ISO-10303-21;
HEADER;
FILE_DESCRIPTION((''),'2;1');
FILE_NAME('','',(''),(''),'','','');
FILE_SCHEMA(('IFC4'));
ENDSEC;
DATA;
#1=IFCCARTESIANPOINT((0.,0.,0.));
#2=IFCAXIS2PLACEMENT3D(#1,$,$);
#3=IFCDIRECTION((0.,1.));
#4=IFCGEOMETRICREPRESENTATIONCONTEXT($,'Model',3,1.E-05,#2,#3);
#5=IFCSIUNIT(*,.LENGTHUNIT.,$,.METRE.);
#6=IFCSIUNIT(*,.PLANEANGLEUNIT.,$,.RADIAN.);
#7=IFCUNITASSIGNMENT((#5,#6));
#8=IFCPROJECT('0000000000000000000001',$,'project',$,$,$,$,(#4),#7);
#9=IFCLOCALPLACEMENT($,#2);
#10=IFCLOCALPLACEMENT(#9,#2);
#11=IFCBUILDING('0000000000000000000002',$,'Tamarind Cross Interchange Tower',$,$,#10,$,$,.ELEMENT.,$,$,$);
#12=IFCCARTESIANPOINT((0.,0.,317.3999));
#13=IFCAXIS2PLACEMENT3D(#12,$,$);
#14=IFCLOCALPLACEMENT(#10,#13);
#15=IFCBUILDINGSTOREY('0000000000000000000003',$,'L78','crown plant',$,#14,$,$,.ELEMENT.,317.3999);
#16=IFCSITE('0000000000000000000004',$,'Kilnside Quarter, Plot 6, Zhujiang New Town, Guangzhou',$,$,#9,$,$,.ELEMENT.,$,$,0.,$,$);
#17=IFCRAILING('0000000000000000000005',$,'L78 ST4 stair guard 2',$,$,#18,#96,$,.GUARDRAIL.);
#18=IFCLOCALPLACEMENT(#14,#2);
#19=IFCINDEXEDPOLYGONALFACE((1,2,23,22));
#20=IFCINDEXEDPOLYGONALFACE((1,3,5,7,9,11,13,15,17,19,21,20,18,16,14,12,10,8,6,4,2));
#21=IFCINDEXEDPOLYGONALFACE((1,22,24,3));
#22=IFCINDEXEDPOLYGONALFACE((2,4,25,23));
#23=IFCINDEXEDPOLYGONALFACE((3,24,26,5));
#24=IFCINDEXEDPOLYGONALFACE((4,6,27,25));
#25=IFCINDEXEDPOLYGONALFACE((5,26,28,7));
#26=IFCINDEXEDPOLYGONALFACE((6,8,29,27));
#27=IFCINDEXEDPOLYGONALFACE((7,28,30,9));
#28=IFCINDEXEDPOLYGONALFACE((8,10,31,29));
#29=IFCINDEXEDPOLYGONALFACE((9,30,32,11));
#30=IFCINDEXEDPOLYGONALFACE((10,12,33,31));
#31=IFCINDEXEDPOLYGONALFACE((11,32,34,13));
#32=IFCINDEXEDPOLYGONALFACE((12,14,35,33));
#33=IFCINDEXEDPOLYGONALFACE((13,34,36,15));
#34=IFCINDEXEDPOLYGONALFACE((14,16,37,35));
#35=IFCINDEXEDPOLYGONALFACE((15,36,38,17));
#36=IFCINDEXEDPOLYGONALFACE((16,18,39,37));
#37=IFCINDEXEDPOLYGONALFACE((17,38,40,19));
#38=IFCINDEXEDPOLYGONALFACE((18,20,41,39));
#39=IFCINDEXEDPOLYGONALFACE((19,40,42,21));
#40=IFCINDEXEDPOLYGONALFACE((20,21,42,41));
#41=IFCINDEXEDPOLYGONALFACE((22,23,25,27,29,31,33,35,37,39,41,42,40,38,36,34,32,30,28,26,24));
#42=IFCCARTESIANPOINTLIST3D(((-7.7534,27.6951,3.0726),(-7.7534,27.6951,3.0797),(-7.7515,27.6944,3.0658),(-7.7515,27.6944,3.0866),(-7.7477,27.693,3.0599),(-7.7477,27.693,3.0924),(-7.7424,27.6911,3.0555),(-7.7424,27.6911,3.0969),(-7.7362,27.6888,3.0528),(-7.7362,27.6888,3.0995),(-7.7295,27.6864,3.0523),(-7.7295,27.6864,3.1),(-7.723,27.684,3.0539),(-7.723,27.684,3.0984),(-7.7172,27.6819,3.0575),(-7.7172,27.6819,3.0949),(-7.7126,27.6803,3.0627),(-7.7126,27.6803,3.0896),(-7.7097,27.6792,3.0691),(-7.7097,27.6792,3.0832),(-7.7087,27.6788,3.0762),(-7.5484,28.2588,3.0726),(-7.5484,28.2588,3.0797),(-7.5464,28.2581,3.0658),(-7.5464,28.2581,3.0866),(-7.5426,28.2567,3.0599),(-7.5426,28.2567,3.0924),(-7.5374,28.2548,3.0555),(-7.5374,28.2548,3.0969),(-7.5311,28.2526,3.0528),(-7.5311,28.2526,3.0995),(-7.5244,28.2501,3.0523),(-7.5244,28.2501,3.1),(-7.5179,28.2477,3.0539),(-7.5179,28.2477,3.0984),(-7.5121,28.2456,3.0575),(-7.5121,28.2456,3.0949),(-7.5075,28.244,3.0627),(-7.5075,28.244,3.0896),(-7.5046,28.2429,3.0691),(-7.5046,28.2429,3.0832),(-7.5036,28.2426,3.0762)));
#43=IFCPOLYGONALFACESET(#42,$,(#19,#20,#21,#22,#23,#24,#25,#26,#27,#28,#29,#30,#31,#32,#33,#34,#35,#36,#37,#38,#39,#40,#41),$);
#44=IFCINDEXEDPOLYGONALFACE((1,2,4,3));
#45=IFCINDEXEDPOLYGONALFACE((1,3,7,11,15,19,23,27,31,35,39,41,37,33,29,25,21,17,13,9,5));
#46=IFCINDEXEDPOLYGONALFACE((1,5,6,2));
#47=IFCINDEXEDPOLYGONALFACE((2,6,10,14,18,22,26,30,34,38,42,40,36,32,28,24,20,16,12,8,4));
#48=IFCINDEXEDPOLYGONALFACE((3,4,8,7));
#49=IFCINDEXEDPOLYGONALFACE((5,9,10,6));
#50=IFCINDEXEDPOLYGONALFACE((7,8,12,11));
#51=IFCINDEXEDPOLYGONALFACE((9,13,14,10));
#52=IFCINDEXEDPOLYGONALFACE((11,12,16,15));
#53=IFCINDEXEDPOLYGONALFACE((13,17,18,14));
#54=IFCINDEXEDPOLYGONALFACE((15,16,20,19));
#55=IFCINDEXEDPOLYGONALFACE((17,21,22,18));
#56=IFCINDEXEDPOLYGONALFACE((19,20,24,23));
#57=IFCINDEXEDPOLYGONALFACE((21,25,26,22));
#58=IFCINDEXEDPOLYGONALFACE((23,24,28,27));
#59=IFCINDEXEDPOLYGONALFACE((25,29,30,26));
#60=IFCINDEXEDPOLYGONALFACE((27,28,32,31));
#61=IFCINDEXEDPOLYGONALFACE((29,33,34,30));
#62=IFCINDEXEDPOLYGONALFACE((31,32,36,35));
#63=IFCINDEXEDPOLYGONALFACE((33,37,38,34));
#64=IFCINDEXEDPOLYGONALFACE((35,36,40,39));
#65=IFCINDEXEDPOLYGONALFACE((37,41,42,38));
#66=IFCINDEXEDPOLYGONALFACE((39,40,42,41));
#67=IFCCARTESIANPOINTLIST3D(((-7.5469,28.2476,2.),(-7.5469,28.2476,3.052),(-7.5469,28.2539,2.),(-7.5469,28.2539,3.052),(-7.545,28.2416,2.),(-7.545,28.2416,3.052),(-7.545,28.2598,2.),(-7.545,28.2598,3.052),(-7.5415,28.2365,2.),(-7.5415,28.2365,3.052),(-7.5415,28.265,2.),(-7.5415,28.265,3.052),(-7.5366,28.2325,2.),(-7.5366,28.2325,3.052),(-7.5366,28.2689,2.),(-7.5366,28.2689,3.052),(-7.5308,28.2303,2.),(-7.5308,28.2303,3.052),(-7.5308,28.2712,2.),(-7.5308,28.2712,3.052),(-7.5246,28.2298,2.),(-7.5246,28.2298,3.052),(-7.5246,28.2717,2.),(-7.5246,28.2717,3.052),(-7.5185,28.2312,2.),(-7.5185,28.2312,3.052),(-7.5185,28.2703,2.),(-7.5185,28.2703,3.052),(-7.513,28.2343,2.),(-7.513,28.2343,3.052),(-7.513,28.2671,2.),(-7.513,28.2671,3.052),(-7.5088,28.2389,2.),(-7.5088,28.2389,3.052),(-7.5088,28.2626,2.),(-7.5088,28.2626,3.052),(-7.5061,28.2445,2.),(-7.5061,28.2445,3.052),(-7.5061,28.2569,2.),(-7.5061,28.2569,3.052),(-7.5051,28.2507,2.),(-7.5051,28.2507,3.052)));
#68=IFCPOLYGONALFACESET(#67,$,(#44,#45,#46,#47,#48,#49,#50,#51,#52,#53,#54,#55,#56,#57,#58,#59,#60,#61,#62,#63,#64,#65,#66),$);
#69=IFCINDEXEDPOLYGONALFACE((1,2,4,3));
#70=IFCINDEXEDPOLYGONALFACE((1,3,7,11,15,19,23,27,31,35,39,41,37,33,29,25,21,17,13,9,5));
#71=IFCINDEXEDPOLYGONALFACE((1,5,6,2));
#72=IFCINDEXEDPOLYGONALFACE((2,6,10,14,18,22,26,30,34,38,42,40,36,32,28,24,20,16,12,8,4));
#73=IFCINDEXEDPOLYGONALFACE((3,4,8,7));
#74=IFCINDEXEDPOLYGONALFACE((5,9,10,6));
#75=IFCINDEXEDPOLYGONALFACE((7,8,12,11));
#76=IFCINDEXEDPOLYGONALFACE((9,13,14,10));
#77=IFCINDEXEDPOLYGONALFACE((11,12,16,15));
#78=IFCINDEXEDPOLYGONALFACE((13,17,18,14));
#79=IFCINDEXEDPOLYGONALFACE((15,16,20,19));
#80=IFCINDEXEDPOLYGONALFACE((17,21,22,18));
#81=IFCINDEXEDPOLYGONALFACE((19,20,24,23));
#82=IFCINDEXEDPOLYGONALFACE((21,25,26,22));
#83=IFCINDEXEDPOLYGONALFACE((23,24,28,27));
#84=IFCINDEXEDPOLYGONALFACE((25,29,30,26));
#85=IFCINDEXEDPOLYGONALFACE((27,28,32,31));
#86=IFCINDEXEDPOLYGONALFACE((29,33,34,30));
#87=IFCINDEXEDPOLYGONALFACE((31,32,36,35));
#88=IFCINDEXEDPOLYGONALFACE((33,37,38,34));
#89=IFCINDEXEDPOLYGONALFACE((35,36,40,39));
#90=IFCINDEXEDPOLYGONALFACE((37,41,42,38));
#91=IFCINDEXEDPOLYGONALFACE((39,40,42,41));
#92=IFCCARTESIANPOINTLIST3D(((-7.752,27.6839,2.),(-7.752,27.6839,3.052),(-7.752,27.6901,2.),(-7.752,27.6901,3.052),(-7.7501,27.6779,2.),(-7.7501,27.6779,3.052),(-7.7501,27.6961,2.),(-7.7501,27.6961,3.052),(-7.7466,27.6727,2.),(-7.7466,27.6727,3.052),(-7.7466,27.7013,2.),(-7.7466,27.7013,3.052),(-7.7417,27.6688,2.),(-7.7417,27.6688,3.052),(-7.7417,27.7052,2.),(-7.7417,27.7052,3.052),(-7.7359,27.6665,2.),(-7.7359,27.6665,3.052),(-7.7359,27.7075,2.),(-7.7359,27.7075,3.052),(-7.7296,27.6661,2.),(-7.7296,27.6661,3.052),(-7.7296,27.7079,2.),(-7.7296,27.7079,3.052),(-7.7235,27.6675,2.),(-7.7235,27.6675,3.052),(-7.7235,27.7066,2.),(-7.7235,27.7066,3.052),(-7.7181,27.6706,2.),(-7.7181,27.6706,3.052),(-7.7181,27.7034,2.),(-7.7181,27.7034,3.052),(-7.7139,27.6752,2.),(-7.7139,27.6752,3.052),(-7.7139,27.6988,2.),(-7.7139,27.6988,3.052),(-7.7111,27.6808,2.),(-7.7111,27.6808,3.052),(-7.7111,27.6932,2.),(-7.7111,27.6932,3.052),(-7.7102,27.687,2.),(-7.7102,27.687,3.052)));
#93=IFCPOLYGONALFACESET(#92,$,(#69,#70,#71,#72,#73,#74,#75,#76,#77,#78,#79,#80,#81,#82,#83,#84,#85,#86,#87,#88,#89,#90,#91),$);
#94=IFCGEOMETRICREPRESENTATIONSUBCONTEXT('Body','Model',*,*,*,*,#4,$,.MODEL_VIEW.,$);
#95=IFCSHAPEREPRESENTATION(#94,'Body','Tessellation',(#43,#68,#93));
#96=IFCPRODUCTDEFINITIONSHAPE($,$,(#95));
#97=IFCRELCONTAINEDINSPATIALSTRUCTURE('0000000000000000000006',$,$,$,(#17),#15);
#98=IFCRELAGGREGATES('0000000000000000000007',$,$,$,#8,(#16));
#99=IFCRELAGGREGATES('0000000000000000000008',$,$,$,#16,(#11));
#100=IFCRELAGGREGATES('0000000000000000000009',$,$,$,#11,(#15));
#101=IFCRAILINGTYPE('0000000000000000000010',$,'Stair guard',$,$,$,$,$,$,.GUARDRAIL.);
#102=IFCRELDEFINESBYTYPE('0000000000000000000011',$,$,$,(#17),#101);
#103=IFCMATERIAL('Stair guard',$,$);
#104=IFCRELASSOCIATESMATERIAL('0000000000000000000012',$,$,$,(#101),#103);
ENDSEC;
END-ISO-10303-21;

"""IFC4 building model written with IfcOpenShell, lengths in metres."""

from ifc_helpers import new_model, si_unit, direction, frame, origin, origin_2d, place, context, subcontext, project, spatial, circle, extrude, material, type_object, element, save


model = new_model("IFC4")

# Units and contexts
model_context = context("Model", 3, precision=1e-05, world=origin(), true_north=direction((0.0, 1.0)))
body_context = subcontext(model_context, "Body", "Model", "MODEL_VIEW")
ifc_project = project(units=[si_unit("LENGTHUNIT", "METRE"), si_unit("PLANEANGLEUNIT", "RADIAN")], contexts=[model_context])

# Site, building, storey
site_placement = place(None, origin())
site = spatial("IfcSite", under=ifc_project, at=site_placement, Name="Kilnside Quarter, Plot 6, Zhujiang New Town, Guangzhou", CompositionType="ELEMENT", RefElevation=0.0)
building_placement = place(site_placement, origin())
building = spatial("IfcBuilding", under=site, at=building_placement, Name="Tamarind Cross Interchange Tower", CompositionType="ELEMENT")
storey_placement = place(building_placement, frame((0.0, 0.0, 317.3999)))
storey = spatial("IfcBuildingStorey", under=building, at=storey_placement, Name="L78", Description="crown plant", CompositionType="ELEMENT", Elevation=317.3999)

# Railing
ifc_material_1 = material(Name="Stair guard")
railing_type_1 = type_object("IfcRailingType", Name="Stair guard", PredefinedType="GUARDRAIL", material=ifc_material_1)
railing_1_placement = place(storey_placement, frame((-7.5261, 28.2507, 2.0)))
element("IfcRailing", 1, at=railing_1_placement, inside=storey, type_object=railing_type_1, Name="L78 ST4 stair guard 2", PredefinedType="GUARDRAIL", context=body_context, shape_type="SweptSolid", body=[
    extrude(circle(Radius=0.0239, at=origin_2d()), frame((0.0, 0.0, 1.0762), z_axis=(-0.341874, -0.939746, 0.0), x_axis=(0.939746, -0.341874, 0.0)), (0.0, 0.0, 1.0), 0.5999),
    extrude(circle(Radius=0.021, at=origin_2d()), origin(), (0.0, 0.0, 1.0), 1.052),
    extrude(circle(Radius=0.021, at=origin_2d()), frame((-0.2051, -0.5637, 0.0)), (0.0, 0.0, 1.0), 1.052),
])

save(model, "model.ifc")
